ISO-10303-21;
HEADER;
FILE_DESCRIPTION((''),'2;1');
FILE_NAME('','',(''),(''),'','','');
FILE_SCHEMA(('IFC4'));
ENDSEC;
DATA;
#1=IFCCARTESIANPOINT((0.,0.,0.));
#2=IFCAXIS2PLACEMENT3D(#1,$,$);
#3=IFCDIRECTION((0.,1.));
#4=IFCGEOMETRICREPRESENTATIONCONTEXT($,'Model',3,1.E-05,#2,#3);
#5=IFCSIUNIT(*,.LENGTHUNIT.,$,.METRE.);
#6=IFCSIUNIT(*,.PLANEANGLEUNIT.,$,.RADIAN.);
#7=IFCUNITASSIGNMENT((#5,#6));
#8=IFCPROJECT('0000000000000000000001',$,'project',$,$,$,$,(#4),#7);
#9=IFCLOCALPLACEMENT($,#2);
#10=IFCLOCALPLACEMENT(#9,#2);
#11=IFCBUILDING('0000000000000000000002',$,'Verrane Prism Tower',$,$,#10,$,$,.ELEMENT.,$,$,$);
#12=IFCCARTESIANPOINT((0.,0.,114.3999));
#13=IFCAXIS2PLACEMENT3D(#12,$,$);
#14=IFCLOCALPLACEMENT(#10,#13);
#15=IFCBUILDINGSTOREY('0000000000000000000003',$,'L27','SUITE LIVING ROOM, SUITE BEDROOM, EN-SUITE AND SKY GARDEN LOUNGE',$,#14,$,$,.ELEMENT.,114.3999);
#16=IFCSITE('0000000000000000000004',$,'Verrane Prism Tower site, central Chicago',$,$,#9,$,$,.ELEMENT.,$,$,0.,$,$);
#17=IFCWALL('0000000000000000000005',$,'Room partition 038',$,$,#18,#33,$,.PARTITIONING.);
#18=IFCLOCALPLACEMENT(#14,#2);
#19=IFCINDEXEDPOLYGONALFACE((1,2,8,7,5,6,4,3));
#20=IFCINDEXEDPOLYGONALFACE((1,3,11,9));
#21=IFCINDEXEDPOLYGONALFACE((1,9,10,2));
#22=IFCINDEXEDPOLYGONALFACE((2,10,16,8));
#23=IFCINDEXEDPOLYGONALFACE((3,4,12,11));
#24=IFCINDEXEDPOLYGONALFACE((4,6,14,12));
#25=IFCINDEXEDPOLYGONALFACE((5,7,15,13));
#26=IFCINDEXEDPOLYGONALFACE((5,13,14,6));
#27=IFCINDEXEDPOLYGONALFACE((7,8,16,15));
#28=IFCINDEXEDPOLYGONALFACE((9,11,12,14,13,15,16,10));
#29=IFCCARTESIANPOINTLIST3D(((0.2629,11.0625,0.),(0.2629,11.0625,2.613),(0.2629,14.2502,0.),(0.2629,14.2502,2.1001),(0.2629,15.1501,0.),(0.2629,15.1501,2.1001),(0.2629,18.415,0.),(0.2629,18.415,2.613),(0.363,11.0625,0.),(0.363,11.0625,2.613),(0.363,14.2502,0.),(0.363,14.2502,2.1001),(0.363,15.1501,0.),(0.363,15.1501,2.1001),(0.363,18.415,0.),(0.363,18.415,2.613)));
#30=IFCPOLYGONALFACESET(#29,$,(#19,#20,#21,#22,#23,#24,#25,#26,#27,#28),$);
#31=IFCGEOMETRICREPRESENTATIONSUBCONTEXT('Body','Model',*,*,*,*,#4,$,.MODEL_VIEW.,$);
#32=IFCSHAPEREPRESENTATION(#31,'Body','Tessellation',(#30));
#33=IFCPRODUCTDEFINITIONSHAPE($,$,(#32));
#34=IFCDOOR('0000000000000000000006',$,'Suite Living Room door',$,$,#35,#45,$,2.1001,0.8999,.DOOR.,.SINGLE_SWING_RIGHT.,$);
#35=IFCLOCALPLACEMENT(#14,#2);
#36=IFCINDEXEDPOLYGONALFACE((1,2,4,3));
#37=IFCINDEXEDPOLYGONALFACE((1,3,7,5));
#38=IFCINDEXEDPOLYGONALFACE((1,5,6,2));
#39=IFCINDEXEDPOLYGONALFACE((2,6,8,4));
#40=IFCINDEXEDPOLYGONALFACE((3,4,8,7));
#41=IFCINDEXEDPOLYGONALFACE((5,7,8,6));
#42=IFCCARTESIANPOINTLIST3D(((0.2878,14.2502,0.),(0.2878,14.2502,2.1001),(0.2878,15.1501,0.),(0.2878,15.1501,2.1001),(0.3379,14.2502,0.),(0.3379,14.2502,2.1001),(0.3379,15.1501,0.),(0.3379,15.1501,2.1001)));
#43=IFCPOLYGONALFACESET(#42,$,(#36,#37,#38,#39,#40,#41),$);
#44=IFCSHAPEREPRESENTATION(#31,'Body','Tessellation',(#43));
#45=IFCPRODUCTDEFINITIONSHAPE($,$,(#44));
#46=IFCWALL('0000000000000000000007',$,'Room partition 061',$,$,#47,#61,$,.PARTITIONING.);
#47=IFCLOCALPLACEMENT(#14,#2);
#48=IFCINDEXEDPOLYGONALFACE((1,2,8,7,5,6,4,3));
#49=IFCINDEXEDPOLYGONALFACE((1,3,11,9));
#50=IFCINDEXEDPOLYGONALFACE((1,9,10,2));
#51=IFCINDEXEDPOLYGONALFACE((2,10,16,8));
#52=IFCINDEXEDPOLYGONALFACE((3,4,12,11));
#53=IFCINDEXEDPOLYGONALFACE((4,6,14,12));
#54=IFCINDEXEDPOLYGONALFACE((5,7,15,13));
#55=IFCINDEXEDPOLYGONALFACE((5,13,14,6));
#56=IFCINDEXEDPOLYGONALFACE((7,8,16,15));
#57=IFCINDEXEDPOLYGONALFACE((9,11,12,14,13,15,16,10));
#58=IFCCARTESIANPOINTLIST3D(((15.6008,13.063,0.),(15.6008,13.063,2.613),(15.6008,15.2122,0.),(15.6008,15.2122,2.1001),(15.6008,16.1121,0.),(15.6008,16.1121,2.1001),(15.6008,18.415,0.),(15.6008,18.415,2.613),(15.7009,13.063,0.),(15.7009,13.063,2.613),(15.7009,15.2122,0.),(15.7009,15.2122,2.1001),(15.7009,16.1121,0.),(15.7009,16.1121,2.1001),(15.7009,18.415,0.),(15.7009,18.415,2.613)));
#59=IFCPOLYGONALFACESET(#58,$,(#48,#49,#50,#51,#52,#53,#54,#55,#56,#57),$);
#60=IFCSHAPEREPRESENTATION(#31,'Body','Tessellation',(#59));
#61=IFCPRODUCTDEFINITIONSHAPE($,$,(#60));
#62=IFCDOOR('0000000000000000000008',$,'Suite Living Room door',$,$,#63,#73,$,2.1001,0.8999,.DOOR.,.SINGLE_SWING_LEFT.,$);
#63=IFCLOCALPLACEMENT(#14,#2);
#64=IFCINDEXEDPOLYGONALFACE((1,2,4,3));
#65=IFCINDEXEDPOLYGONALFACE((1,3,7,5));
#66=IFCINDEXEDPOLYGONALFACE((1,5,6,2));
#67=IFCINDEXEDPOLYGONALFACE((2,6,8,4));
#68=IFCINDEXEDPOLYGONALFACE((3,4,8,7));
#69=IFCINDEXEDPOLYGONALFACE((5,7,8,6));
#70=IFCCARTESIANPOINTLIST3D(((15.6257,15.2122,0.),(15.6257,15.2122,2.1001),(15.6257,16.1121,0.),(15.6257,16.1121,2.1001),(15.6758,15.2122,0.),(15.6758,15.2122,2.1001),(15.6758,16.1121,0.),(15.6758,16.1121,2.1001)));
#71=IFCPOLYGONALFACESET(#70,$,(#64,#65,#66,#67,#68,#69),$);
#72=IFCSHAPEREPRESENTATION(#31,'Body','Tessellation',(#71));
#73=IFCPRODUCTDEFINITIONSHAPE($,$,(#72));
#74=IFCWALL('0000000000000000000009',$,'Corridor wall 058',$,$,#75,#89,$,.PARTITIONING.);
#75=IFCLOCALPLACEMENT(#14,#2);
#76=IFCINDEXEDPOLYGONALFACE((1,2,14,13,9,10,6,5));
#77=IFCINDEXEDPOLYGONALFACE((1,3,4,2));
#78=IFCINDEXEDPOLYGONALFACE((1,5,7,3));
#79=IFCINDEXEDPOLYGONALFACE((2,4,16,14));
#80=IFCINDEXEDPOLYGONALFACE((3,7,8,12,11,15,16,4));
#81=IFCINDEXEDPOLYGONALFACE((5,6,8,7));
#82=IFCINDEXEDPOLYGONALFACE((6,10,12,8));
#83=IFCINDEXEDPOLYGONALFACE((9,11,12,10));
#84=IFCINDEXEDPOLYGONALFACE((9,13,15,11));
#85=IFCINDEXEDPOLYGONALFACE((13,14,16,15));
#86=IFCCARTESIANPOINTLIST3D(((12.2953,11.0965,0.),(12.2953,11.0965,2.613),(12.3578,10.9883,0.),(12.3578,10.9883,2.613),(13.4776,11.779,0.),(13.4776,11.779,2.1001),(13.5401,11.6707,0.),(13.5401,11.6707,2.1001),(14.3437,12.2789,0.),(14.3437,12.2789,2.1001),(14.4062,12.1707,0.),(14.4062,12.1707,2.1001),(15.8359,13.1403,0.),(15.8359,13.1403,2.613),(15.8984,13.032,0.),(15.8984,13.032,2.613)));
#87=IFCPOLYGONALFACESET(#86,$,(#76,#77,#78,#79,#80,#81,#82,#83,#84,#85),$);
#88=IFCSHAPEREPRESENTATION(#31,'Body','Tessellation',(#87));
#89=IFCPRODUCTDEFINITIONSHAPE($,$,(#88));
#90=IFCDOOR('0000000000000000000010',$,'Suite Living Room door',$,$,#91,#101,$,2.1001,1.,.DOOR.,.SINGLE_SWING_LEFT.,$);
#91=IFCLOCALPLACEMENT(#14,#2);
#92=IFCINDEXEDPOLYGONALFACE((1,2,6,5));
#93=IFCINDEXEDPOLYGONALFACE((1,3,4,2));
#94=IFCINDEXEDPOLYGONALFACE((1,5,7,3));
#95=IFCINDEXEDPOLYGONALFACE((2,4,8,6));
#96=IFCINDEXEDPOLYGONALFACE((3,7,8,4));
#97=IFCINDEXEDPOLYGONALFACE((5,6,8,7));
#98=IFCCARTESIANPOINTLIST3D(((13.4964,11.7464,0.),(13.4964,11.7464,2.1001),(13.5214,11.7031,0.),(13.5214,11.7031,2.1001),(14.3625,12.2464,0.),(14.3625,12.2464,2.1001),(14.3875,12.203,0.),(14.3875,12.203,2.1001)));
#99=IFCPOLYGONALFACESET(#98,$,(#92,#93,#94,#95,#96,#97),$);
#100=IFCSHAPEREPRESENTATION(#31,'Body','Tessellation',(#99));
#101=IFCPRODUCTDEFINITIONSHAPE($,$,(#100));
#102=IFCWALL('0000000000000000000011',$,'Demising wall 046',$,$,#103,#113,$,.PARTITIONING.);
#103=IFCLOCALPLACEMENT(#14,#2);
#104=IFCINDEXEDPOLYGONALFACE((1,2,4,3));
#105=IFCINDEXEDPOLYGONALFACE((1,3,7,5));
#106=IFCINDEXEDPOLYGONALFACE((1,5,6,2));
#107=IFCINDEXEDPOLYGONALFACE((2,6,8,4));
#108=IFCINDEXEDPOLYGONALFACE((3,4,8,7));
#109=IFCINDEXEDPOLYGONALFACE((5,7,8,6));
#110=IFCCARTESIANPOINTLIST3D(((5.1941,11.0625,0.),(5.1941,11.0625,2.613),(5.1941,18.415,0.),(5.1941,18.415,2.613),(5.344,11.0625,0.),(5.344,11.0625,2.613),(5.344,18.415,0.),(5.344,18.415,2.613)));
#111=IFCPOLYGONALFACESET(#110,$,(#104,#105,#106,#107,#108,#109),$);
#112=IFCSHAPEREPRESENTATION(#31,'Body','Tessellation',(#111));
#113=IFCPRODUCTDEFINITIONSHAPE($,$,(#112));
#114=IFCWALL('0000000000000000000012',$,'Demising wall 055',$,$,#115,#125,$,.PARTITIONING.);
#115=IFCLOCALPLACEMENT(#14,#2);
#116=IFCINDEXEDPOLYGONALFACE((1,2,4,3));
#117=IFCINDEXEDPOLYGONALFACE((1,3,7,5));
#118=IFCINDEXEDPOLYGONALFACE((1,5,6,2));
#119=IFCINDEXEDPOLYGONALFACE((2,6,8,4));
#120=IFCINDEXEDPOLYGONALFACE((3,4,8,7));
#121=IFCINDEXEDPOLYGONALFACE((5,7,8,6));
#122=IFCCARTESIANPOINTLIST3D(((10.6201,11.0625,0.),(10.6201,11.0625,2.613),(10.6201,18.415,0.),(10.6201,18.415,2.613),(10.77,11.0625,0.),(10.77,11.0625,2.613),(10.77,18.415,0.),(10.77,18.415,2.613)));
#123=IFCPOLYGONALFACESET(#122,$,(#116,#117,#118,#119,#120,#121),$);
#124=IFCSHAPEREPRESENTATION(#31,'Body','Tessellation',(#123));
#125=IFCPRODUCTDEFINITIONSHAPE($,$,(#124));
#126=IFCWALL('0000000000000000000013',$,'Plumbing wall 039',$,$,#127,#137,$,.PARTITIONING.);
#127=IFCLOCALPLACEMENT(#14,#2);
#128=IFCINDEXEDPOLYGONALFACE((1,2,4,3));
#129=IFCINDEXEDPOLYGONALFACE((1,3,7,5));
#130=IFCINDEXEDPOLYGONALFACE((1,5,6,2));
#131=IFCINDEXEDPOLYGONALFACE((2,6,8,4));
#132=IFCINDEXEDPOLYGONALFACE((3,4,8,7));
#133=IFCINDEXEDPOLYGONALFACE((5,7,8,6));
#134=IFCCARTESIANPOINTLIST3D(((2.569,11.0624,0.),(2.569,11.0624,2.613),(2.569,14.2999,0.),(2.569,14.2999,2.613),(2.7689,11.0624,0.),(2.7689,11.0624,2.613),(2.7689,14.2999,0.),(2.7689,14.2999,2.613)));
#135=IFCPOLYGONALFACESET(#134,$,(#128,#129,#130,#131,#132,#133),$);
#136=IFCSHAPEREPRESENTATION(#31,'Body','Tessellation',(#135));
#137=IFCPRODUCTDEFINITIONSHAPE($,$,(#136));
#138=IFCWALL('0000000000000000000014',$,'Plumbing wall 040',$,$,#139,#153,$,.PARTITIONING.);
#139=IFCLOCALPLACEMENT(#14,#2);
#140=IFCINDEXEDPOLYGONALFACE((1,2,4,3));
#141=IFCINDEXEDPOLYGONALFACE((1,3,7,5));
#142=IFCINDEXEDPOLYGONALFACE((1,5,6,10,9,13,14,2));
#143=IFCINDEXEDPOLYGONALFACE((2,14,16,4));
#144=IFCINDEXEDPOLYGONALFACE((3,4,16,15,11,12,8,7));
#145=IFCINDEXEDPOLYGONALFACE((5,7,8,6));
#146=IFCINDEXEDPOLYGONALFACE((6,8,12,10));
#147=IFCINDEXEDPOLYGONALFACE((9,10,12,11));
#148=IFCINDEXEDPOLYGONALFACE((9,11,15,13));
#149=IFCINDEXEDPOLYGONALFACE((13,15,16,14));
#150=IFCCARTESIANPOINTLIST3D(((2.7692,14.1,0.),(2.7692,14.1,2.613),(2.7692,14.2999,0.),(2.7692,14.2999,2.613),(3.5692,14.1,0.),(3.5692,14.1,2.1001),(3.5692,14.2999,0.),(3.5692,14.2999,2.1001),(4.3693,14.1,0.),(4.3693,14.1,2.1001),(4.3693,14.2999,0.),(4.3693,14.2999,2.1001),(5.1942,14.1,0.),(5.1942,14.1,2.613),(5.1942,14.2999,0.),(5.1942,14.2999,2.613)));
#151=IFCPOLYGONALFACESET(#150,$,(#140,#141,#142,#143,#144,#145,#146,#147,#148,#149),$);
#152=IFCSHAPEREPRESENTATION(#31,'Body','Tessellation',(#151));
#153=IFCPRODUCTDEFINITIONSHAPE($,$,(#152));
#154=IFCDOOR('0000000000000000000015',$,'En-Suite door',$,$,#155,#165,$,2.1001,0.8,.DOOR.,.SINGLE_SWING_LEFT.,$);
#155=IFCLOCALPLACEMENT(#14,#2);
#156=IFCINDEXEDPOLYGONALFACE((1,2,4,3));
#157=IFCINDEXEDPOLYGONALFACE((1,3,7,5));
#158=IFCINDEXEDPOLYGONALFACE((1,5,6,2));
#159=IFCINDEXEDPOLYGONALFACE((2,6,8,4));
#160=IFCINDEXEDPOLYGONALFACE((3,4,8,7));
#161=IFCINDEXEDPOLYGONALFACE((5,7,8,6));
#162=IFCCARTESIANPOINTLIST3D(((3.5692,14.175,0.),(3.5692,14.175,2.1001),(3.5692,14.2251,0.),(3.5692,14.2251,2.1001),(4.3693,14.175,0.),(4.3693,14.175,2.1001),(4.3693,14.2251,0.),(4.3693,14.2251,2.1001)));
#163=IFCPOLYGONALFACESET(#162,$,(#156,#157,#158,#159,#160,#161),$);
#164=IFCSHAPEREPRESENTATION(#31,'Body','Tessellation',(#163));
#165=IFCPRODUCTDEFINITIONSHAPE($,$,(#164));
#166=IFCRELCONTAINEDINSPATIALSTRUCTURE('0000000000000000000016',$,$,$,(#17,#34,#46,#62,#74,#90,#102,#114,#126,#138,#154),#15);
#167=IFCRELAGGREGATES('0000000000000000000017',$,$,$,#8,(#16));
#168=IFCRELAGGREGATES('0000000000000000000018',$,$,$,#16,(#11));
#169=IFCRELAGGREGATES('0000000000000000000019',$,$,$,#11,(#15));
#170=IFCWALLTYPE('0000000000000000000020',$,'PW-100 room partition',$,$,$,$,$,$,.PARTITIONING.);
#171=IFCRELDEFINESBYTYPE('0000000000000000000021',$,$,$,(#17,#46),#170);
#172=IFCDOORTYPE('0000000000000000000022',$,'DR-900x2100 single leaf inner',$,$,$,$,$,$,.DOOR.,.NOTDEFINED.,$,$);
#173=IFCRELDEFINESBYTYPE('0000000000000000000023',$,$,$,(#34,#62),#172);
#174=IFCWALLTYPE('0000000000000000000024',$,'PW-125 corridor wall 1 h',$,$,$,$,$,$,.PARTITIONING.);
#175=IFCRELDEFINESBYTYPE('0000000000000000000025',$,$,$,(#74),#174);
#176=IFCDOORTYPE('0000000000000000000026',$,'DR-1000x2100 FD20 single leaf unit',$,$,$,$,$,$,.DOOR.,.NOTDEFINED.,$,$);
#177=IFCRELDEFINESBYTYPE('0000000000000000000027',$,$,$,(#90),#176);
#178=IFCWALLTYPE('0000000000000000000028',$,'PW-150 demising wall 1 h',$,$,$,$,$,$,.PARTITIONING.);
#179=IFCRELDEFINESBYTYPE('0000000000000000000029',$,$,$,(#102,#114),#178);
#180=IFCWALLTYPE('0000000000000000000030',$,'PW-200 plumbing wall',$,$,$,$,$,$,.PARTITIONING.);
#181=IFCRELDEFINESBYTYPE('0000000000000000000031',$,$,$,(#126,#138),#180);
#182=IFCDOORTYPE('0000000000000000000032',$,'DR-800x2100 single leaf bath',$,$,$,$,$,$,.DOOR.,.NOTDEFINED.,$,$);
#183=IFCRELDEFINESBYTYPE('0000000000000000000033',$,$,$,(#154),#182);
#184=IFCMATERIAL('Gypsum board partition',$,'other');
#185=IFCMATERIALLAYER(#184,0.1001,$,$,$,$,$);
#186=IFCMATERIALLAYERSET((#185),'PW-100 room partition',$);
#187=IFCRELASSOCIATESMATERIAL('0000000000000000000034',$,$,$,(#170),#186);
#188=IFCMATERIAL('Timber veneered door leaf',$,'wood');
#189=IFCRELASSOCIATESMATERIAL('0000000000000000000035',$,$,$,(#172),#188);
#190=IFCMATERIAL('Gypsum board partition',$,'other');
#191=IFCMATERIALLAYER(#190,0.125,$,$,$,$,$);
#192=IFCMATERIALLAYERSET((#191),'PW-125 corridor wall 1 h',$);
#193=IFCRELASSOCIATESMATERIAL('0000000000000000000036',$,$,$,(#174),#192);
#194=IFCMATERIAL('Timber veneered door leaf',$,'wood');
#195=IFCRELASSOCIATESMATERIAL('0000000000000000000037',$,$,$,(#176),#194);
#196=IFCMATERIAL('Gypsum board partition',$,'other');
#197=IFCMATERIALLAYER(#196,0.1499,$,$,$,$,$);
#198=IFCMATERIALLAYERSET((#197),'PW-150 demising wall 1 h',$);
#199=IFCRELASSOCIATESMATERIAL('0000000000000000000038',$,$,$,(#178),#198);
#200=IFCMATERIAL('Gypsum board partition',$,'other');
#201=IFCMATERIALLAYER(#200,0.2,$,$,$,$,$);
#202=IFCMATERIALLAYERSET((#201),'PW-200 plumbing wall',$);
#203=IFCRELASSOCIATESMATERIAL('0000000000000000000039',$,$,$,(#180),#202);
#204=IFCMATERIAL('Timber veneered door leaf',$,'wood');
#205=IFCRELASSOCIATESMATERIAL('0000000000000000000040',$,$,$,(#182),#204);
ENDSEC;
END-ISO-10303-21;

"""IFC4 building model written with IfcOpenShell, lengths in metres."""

from ifc_helpers import new_model, si_unit, direction, frame, frame_2d, origin, place, context, subcontext, project, spatial, rectangle, extrude, material, layer, layer_set, type_object, element, fill, save


model = new_model("IFC4")

# Units and contexts
model_context = context("Model", 3, precision=1e-05, world=origin(), true_north=direction((0.0, 1.0)))
body_context = subcontext(model_context, "Body", "Model", "MODEL_VIEW")
ifc_project = project(units=[si_unit("LENGTHUNIT", "METRE"), si_unit("PLANEANGLEUNIT", "RADIAN")], contexts=[model_context])

# Site, building, storey
site_placement = place(None, origin())
site = spatial("IfcSite", under=ifc_project, at=site_placement, Name="Verrane Prism Tower site, central Chicago", CompositionType="ELEMENT", RefElevation=0.0)
building_placement = place(site_placement, origin())
building = spatial("IfcBuilding", under=site, at=building_placement, Name="Verrane Prism Tower", CompositionType="ELEMENT")
storey_placement = place(building_placement, frame((0.0, 0.0, 114.3999)))
storey = spatial("IfcBuildingStorey", under=building, at=storey_placement, Name="L27", Description="SUITE LIVING ROOM, SUITE BEDROOM, EN-SUITE AND SKY GARDEN LOUNGE", CompositionType="ELEMENT", Elevation=114.3999)

# Walls, openings, doors
ifc_material_1 = material(Name="Gypsum board partition", Category="other")
ifc_layer_1 = layer(ifc_material_1, 0.1001)
ifc_layer_set_1 = layer_set([ifc_layer_1], Name="PW-100 room partition")
wall_type_1 = type_object("IfcWallType", Name="PW-100 room partition", PredefinedType="PARTITIONING", material=ifc_layer_set_1)
wall_1_placement = place(storey_placement, frame((0.313, 18.415, 0.0), z_axis=(0.0, 0.0, 1.0), x_axis=(0.0, -1.0, 0.0)))
wall_1 = element("IfcWall", 1, at=wall_1_placement, inside=storey, type_object=wall_type_1, Name="Room partition 038", PredefinedType="PARTITIONING", context=body_context, shape_type="SweptSolid", body=[
    extrude(rectangle(XDim=7.3525, YDim=0.1001, at=frame_2d((3.6763, 0.0))), origin(), (0.0, 0.0, 1.0), 2.613),
])
opening_1_placement = place(wall_1_placement, frame((3.2649, 0.0, 0.0)))
opening_1 = element("IfcOpeningElement", 2, at=opening_1_placement, cuts=wall_1, PredefinedType="OPENING", context=body_context, shape_type="SweptSolid", body=[
    extrude(rectangle(XDim=0.8999, YDim=2.1001, at=frame_2d((0.45, 1.05))), frame((0.0, 0.0601, 0.0), z_axis=(0.0, -1.0, 0.0), x_axis=(1.0, 0.0, 0.0)), (0.0, 0.0, 1.0), 0.1201),
])
ifc_material_2 = material(Name="Timber veneered door leaf", Category="wood")
door_type_1 = type_object("IfcDoorType", Name="DR-900x2100 single leaf inner", OperationType="NOTDEFINED", PredefinedType="DOOR", material=ifc_material_2)
door_1_placement = place(opening_1_placement, origin())
door_1 = element("IfcDoor", 3, at=door_1_placement, inside=storey, type_object=door_type_1, Name="Suite Living Room door", OperationType="SINGLE_SWING_RIGHT", OverallHeight=2.1001, OverallWidth=0.8999, PredefinedType="DOOR", context=body_context, shape_type="SweptSolid", body=[
    extrude(rectangle(XDim=0.8999, YDim=2.1001, at=frame_2d((0.45, 1.05))), frame((0.0, 0.0249, 0.0), z_axis=(0.0, -1.0, 0.0), x_axis=(1.0, 0.0, 0.0)), (0.0, 0.0, 1.0), 0.05),
])
fill(opening_1, door_1)
wall_2_placement = place(storey_placement, frame((15.6509, 18.415, 0.0), z_axis=(0.0, 0.0, 1.0), x_axis=(0.0, -1.0, 0.0)))
wall_2 = element("IfcWall", 4, at=wall_2_placement, inside=storey, type_object=wall_type_1, Name="Room partition 061", PredefinedType="PARTITIONING", context=body_context, shape_type="SweptSolid", body=[
    extrude(rectangle(XDim=5.3521, YDim=0.1001, at=frame_2d((2.676, 0.0))), origin(), (0.0, 0.0, 1.0), 2.613),
])
opening_2_placement = place(wall_2_placement, frame((2.303, 0.0, 0.0)))
opening_2 = element("IfcOpeningElement", 5, at=opening_2_placement, cuts=wall_2, PredefinedType="OPENING", context=body_context, shape_type="SweptSolid", body=[
    extrude(rectangle(XDim=0.8999, YDim=2.1001, at=frame_2d((0.45, 1.05))), frame((0.0, 0.0601, 0.0), z_axis=(0.0, -1.0, 0.0), x_axis=(1.0, 0.0, 0.0)), (0.0, 0.0, 1.0), 0.1201),
])
door_2_placement = place(opening_2_placement, origin())
door_2 = element("IfcDoor", 6, at=door_2_placement, inside=storey, type_object=door_type_1, Name="Suite Living Room door", OperationType="SINGLE_SWING_LEFT", OverallHeight=2.1001, OverallWidth=0.8999, PredefinedType="DOOR", context=body_context, shape_type="SweptSolid", body=[
    extrude(rectangle(XDim=0.8999, YDim=2.1001, at=frame_2d((0.45, 1.05))), frame((0.0, 0.0249, 0.0), z_axis=(0.0, -1.0, 0.0), x_axis=(1.0, 0.0, 0.0)), (0.0, 0.0, 1.0), 0.05),
])
fill(opening_2, door_2)
ifc_material_3 = material(Name="Gypsum board partition", Category="other")
ifc_layer_2 = layer(ifc_material_3, 0.125)
ifc_layer_set_2 = layer_set([ifc_layer_2], Name="PW-125 corridor wall 1 h")
wall_type_2 = type_object("IfcWallType", Name="PW-125 corridor wall 1 h", PredefinedType="PARTITIONING", material=ifc_layer_set_2)
wall_3_placement = place(storey_placement, frame((12.3267, 11.0425, 0.0), z_axis=(0.0, 0.0, 1.0), x_axis=(0.86607, 0.499922, 0.0)))
wall_3 = element("IfcWall", 7, at=wall_3_placement, inside=storey, type_object=wall_type_2, Name="Corridor wall 058", PredefinedType="PARTITIONING", context=body_context, shape_type="SweptSolid", body=[
    extrude(rectangle(XDim=4.0881, YDim=0.125, at=frame_2d((2.0439, 0.0))), origin(), (0.0, 0.0, 1.0), 2.613),
])
opening_3_placement = place(wall_3_placement, frame((1.365, 0.0, 0.0)))
opening_3 = element("IfcOpeningElement", 8, at=opening_3_placement, cuts=wall_3, PredefinedType="OPENING", context=body_context, shape_type="SweptSolid", body=[
    extrude(rectangle(XDim=1.0, YDim=2.1001, at=frame_2d((0.5, 1.05))), frame((0.0, 0.0725, 0.0), z_axis=(0.0, -1.0, 0.0), x_axis=(1.0, 0.0, 0.0)), (0.0, 0.0, 1.0), 0.145),
])
ifc_material_4 = material(Name="Timber veneered door leaf", Category="wood")
door_type_2 = type_object("IfcDoorType", Name="DR-1000x2100 FD20 single leaf unit", OperationType="NOTDEFINED", PredefinedType="DOOR", material=ifc_material_4)
door_3_placement = place(opening_3_placement, origin())
door_3 = element("IfcDoor", 9, at=door_3_placement, inside=storey, type_object=door_type_2, Name="Suite Living Room door", OperationType="SINGLE_SWING_LEFT", OverallHeight=2.1001, OverallWidth=1.0, PredefinedType="DOOR", context=body_context, shape_type="SweptSolid", body=[
    extrude(rectangle(XDim=1.0, YDim=2.1001, at=frame_2d((0.5, 1.05))), frame((0.0, 0.0249, 0.0), z_axis=(0.0, -1.0, 0.0), x_axis=(1.0, 0.0, 0.0)), (0.0, 0.0, 1.0), 0.05),
])
fill(opening_3, door_3)

# Walls
ifc_material_5 = material(Name="Gypsum board partition", Category="other")
ifc_layer_3 = layer(ifc_material_5, 0.1499)
ifc_layer_set_3 = layer_set([ifc_layer_3], Name="PW-150 demising wall 1 h")
wall_type_3 = type_object("IfcWallType", Name="PW-150 demising wall 1 h", PredefinedType="PARTITIONING", material=ifc_layer_set_3)
for number, where, z_axis, x_axis, name in (
    (10, (5.269, 11.0625, 0.0), (0.0, 0.0, 1.0), (0.0, 1.0, 0.0), "Demising wall 046"),
    (11, (10.6951, 11.0625, 0.0), (0.0, 0.0, 1.0), (0.0, 1.0, 0.0), "Demising wall 055"),
):
    element("IfcWall", number, at=place(storey_placement, frame(where, z_axis=z_axis, x_axis=x_axis)), inside=storey, type_object=wall_type_3, Name=name, PredefinedType="PARTITIONING", context=body_context, shape_type="SweptSolid", body=[
        extrude(rectangle(XDim=7.3525, YDim=0.1499, at=frame_2d((3.6763, 0.0))), origin(), (0.0, 0.0, 1.0), 2.613),
    ])
ifc_material_6 = material(Name="Gypsum board partition", Category="other")
ifc_layer_4 = layer(ifc_material_6, 0.2)
ifc_layer_set_4 = layer_set([ifc_layer_4], Name="PW-200 plumbing wall")
wall_type_4 = type_object("IfcWallType", Name="PW-200 plumbing wall", PredefinedType="PARTITIONING", material=ifc_layer_set_4)
wall_4_placement = place(storey_placement, frame((2.6689, 11.0625, 0.0), z_axis=(0.0, 0.0, 1.0), x_axis=(0.0, 1.0, 0.0)))
element("IfcWall", 12, at=wall_4_placement, inside=storey, type_object=wall_type_4, Name="Plumbing wall 039", PredefinedType="PARTITIONING", context=body_context, shape_type="SweptSolid", body=[
    extrude(rectangle(XDim=3.2375, YDim=0.2, at=frame_2d((1.6187, 0.0))), origin(), (0.0, 0.0, 1.0), 2.613),
])

# Wall, opening, door
wall_5_placement = place(storey_placement, frame((5.1941, 14.2, 0.0), z_axis=(0.0, 0.0, 1.0), x_axis=(-1.0, 0.0, 0.0)))
wall_5 = element("IfcWall", 13, at=wall_5_placement, inside=storey, type_object=wall_type_4, Name="Plumbing wall 040", PredefinedType="PARTITIONING", context=body_context, shape_type="SweptSolid", body=[
    extrude(rectangle(XDim=2.425, YDim=0.2, at=frame_2d((1.2124, 0.0))), origin(), (0.0, 0.0, 1.0), 2.613),
])
opening_4_placement = place(wall_5_placement, frame((0.825, 0.0, 0.0)))
opening_4 = element("IfcOpeningElement", 14, at=opening_4_placement, cuts=wall_5, PredefinedType="OPENING", context=body_context, shape_type="SweptSolid", body=[
    extrude(rectangle(XDim=0.8, YDim=2.1001, at=frame_2d((0.3999, 1.05))), frame((0.0, 0.1099, 0.0), z_axis=(0.0, -1.0, 0.0), x_axis=(1.0, 0.0, 0.0)), (0.0, 0.0, 1.0), 0.22),
])
ifc_material_7 = material(Name="Timber veneered door leaf", Category="wood")
door_type_3 = type_object("IfcDoorType", Name="DR-800x2100 single leaf bath", OperationType="NOTDEFINED", PredefinedType="DOOR", material=ifc_material_7)
door_4_placement = place(opening_4_placement, origin())
door_4 = element("IfcDoor", 15, at=door_4_placement, inside=storey, type_object=door_type_3, Name="En-Suite door", OperationType="SINGLE_SWING_LEFT", OverallHeight=2.1001, OverallWidth=0.8, PredefinedType="DOOR", context=body_context, shape_type="SweptSolid", body=[
    extrude(rectangle(XDim=0.8, YDim=2.1001, at=frame_2d((0.3999, 1.05))), frame((0.0, 0.0249, 0.0), z_axis=(0.0, -1.0, 0.0), x_axis=(1.0, 0.0, 0.0)), (0.0, 0.0, 1.0), 0.05),
])
fill(opening_4, door_4)

save(model, "model.ifc")
